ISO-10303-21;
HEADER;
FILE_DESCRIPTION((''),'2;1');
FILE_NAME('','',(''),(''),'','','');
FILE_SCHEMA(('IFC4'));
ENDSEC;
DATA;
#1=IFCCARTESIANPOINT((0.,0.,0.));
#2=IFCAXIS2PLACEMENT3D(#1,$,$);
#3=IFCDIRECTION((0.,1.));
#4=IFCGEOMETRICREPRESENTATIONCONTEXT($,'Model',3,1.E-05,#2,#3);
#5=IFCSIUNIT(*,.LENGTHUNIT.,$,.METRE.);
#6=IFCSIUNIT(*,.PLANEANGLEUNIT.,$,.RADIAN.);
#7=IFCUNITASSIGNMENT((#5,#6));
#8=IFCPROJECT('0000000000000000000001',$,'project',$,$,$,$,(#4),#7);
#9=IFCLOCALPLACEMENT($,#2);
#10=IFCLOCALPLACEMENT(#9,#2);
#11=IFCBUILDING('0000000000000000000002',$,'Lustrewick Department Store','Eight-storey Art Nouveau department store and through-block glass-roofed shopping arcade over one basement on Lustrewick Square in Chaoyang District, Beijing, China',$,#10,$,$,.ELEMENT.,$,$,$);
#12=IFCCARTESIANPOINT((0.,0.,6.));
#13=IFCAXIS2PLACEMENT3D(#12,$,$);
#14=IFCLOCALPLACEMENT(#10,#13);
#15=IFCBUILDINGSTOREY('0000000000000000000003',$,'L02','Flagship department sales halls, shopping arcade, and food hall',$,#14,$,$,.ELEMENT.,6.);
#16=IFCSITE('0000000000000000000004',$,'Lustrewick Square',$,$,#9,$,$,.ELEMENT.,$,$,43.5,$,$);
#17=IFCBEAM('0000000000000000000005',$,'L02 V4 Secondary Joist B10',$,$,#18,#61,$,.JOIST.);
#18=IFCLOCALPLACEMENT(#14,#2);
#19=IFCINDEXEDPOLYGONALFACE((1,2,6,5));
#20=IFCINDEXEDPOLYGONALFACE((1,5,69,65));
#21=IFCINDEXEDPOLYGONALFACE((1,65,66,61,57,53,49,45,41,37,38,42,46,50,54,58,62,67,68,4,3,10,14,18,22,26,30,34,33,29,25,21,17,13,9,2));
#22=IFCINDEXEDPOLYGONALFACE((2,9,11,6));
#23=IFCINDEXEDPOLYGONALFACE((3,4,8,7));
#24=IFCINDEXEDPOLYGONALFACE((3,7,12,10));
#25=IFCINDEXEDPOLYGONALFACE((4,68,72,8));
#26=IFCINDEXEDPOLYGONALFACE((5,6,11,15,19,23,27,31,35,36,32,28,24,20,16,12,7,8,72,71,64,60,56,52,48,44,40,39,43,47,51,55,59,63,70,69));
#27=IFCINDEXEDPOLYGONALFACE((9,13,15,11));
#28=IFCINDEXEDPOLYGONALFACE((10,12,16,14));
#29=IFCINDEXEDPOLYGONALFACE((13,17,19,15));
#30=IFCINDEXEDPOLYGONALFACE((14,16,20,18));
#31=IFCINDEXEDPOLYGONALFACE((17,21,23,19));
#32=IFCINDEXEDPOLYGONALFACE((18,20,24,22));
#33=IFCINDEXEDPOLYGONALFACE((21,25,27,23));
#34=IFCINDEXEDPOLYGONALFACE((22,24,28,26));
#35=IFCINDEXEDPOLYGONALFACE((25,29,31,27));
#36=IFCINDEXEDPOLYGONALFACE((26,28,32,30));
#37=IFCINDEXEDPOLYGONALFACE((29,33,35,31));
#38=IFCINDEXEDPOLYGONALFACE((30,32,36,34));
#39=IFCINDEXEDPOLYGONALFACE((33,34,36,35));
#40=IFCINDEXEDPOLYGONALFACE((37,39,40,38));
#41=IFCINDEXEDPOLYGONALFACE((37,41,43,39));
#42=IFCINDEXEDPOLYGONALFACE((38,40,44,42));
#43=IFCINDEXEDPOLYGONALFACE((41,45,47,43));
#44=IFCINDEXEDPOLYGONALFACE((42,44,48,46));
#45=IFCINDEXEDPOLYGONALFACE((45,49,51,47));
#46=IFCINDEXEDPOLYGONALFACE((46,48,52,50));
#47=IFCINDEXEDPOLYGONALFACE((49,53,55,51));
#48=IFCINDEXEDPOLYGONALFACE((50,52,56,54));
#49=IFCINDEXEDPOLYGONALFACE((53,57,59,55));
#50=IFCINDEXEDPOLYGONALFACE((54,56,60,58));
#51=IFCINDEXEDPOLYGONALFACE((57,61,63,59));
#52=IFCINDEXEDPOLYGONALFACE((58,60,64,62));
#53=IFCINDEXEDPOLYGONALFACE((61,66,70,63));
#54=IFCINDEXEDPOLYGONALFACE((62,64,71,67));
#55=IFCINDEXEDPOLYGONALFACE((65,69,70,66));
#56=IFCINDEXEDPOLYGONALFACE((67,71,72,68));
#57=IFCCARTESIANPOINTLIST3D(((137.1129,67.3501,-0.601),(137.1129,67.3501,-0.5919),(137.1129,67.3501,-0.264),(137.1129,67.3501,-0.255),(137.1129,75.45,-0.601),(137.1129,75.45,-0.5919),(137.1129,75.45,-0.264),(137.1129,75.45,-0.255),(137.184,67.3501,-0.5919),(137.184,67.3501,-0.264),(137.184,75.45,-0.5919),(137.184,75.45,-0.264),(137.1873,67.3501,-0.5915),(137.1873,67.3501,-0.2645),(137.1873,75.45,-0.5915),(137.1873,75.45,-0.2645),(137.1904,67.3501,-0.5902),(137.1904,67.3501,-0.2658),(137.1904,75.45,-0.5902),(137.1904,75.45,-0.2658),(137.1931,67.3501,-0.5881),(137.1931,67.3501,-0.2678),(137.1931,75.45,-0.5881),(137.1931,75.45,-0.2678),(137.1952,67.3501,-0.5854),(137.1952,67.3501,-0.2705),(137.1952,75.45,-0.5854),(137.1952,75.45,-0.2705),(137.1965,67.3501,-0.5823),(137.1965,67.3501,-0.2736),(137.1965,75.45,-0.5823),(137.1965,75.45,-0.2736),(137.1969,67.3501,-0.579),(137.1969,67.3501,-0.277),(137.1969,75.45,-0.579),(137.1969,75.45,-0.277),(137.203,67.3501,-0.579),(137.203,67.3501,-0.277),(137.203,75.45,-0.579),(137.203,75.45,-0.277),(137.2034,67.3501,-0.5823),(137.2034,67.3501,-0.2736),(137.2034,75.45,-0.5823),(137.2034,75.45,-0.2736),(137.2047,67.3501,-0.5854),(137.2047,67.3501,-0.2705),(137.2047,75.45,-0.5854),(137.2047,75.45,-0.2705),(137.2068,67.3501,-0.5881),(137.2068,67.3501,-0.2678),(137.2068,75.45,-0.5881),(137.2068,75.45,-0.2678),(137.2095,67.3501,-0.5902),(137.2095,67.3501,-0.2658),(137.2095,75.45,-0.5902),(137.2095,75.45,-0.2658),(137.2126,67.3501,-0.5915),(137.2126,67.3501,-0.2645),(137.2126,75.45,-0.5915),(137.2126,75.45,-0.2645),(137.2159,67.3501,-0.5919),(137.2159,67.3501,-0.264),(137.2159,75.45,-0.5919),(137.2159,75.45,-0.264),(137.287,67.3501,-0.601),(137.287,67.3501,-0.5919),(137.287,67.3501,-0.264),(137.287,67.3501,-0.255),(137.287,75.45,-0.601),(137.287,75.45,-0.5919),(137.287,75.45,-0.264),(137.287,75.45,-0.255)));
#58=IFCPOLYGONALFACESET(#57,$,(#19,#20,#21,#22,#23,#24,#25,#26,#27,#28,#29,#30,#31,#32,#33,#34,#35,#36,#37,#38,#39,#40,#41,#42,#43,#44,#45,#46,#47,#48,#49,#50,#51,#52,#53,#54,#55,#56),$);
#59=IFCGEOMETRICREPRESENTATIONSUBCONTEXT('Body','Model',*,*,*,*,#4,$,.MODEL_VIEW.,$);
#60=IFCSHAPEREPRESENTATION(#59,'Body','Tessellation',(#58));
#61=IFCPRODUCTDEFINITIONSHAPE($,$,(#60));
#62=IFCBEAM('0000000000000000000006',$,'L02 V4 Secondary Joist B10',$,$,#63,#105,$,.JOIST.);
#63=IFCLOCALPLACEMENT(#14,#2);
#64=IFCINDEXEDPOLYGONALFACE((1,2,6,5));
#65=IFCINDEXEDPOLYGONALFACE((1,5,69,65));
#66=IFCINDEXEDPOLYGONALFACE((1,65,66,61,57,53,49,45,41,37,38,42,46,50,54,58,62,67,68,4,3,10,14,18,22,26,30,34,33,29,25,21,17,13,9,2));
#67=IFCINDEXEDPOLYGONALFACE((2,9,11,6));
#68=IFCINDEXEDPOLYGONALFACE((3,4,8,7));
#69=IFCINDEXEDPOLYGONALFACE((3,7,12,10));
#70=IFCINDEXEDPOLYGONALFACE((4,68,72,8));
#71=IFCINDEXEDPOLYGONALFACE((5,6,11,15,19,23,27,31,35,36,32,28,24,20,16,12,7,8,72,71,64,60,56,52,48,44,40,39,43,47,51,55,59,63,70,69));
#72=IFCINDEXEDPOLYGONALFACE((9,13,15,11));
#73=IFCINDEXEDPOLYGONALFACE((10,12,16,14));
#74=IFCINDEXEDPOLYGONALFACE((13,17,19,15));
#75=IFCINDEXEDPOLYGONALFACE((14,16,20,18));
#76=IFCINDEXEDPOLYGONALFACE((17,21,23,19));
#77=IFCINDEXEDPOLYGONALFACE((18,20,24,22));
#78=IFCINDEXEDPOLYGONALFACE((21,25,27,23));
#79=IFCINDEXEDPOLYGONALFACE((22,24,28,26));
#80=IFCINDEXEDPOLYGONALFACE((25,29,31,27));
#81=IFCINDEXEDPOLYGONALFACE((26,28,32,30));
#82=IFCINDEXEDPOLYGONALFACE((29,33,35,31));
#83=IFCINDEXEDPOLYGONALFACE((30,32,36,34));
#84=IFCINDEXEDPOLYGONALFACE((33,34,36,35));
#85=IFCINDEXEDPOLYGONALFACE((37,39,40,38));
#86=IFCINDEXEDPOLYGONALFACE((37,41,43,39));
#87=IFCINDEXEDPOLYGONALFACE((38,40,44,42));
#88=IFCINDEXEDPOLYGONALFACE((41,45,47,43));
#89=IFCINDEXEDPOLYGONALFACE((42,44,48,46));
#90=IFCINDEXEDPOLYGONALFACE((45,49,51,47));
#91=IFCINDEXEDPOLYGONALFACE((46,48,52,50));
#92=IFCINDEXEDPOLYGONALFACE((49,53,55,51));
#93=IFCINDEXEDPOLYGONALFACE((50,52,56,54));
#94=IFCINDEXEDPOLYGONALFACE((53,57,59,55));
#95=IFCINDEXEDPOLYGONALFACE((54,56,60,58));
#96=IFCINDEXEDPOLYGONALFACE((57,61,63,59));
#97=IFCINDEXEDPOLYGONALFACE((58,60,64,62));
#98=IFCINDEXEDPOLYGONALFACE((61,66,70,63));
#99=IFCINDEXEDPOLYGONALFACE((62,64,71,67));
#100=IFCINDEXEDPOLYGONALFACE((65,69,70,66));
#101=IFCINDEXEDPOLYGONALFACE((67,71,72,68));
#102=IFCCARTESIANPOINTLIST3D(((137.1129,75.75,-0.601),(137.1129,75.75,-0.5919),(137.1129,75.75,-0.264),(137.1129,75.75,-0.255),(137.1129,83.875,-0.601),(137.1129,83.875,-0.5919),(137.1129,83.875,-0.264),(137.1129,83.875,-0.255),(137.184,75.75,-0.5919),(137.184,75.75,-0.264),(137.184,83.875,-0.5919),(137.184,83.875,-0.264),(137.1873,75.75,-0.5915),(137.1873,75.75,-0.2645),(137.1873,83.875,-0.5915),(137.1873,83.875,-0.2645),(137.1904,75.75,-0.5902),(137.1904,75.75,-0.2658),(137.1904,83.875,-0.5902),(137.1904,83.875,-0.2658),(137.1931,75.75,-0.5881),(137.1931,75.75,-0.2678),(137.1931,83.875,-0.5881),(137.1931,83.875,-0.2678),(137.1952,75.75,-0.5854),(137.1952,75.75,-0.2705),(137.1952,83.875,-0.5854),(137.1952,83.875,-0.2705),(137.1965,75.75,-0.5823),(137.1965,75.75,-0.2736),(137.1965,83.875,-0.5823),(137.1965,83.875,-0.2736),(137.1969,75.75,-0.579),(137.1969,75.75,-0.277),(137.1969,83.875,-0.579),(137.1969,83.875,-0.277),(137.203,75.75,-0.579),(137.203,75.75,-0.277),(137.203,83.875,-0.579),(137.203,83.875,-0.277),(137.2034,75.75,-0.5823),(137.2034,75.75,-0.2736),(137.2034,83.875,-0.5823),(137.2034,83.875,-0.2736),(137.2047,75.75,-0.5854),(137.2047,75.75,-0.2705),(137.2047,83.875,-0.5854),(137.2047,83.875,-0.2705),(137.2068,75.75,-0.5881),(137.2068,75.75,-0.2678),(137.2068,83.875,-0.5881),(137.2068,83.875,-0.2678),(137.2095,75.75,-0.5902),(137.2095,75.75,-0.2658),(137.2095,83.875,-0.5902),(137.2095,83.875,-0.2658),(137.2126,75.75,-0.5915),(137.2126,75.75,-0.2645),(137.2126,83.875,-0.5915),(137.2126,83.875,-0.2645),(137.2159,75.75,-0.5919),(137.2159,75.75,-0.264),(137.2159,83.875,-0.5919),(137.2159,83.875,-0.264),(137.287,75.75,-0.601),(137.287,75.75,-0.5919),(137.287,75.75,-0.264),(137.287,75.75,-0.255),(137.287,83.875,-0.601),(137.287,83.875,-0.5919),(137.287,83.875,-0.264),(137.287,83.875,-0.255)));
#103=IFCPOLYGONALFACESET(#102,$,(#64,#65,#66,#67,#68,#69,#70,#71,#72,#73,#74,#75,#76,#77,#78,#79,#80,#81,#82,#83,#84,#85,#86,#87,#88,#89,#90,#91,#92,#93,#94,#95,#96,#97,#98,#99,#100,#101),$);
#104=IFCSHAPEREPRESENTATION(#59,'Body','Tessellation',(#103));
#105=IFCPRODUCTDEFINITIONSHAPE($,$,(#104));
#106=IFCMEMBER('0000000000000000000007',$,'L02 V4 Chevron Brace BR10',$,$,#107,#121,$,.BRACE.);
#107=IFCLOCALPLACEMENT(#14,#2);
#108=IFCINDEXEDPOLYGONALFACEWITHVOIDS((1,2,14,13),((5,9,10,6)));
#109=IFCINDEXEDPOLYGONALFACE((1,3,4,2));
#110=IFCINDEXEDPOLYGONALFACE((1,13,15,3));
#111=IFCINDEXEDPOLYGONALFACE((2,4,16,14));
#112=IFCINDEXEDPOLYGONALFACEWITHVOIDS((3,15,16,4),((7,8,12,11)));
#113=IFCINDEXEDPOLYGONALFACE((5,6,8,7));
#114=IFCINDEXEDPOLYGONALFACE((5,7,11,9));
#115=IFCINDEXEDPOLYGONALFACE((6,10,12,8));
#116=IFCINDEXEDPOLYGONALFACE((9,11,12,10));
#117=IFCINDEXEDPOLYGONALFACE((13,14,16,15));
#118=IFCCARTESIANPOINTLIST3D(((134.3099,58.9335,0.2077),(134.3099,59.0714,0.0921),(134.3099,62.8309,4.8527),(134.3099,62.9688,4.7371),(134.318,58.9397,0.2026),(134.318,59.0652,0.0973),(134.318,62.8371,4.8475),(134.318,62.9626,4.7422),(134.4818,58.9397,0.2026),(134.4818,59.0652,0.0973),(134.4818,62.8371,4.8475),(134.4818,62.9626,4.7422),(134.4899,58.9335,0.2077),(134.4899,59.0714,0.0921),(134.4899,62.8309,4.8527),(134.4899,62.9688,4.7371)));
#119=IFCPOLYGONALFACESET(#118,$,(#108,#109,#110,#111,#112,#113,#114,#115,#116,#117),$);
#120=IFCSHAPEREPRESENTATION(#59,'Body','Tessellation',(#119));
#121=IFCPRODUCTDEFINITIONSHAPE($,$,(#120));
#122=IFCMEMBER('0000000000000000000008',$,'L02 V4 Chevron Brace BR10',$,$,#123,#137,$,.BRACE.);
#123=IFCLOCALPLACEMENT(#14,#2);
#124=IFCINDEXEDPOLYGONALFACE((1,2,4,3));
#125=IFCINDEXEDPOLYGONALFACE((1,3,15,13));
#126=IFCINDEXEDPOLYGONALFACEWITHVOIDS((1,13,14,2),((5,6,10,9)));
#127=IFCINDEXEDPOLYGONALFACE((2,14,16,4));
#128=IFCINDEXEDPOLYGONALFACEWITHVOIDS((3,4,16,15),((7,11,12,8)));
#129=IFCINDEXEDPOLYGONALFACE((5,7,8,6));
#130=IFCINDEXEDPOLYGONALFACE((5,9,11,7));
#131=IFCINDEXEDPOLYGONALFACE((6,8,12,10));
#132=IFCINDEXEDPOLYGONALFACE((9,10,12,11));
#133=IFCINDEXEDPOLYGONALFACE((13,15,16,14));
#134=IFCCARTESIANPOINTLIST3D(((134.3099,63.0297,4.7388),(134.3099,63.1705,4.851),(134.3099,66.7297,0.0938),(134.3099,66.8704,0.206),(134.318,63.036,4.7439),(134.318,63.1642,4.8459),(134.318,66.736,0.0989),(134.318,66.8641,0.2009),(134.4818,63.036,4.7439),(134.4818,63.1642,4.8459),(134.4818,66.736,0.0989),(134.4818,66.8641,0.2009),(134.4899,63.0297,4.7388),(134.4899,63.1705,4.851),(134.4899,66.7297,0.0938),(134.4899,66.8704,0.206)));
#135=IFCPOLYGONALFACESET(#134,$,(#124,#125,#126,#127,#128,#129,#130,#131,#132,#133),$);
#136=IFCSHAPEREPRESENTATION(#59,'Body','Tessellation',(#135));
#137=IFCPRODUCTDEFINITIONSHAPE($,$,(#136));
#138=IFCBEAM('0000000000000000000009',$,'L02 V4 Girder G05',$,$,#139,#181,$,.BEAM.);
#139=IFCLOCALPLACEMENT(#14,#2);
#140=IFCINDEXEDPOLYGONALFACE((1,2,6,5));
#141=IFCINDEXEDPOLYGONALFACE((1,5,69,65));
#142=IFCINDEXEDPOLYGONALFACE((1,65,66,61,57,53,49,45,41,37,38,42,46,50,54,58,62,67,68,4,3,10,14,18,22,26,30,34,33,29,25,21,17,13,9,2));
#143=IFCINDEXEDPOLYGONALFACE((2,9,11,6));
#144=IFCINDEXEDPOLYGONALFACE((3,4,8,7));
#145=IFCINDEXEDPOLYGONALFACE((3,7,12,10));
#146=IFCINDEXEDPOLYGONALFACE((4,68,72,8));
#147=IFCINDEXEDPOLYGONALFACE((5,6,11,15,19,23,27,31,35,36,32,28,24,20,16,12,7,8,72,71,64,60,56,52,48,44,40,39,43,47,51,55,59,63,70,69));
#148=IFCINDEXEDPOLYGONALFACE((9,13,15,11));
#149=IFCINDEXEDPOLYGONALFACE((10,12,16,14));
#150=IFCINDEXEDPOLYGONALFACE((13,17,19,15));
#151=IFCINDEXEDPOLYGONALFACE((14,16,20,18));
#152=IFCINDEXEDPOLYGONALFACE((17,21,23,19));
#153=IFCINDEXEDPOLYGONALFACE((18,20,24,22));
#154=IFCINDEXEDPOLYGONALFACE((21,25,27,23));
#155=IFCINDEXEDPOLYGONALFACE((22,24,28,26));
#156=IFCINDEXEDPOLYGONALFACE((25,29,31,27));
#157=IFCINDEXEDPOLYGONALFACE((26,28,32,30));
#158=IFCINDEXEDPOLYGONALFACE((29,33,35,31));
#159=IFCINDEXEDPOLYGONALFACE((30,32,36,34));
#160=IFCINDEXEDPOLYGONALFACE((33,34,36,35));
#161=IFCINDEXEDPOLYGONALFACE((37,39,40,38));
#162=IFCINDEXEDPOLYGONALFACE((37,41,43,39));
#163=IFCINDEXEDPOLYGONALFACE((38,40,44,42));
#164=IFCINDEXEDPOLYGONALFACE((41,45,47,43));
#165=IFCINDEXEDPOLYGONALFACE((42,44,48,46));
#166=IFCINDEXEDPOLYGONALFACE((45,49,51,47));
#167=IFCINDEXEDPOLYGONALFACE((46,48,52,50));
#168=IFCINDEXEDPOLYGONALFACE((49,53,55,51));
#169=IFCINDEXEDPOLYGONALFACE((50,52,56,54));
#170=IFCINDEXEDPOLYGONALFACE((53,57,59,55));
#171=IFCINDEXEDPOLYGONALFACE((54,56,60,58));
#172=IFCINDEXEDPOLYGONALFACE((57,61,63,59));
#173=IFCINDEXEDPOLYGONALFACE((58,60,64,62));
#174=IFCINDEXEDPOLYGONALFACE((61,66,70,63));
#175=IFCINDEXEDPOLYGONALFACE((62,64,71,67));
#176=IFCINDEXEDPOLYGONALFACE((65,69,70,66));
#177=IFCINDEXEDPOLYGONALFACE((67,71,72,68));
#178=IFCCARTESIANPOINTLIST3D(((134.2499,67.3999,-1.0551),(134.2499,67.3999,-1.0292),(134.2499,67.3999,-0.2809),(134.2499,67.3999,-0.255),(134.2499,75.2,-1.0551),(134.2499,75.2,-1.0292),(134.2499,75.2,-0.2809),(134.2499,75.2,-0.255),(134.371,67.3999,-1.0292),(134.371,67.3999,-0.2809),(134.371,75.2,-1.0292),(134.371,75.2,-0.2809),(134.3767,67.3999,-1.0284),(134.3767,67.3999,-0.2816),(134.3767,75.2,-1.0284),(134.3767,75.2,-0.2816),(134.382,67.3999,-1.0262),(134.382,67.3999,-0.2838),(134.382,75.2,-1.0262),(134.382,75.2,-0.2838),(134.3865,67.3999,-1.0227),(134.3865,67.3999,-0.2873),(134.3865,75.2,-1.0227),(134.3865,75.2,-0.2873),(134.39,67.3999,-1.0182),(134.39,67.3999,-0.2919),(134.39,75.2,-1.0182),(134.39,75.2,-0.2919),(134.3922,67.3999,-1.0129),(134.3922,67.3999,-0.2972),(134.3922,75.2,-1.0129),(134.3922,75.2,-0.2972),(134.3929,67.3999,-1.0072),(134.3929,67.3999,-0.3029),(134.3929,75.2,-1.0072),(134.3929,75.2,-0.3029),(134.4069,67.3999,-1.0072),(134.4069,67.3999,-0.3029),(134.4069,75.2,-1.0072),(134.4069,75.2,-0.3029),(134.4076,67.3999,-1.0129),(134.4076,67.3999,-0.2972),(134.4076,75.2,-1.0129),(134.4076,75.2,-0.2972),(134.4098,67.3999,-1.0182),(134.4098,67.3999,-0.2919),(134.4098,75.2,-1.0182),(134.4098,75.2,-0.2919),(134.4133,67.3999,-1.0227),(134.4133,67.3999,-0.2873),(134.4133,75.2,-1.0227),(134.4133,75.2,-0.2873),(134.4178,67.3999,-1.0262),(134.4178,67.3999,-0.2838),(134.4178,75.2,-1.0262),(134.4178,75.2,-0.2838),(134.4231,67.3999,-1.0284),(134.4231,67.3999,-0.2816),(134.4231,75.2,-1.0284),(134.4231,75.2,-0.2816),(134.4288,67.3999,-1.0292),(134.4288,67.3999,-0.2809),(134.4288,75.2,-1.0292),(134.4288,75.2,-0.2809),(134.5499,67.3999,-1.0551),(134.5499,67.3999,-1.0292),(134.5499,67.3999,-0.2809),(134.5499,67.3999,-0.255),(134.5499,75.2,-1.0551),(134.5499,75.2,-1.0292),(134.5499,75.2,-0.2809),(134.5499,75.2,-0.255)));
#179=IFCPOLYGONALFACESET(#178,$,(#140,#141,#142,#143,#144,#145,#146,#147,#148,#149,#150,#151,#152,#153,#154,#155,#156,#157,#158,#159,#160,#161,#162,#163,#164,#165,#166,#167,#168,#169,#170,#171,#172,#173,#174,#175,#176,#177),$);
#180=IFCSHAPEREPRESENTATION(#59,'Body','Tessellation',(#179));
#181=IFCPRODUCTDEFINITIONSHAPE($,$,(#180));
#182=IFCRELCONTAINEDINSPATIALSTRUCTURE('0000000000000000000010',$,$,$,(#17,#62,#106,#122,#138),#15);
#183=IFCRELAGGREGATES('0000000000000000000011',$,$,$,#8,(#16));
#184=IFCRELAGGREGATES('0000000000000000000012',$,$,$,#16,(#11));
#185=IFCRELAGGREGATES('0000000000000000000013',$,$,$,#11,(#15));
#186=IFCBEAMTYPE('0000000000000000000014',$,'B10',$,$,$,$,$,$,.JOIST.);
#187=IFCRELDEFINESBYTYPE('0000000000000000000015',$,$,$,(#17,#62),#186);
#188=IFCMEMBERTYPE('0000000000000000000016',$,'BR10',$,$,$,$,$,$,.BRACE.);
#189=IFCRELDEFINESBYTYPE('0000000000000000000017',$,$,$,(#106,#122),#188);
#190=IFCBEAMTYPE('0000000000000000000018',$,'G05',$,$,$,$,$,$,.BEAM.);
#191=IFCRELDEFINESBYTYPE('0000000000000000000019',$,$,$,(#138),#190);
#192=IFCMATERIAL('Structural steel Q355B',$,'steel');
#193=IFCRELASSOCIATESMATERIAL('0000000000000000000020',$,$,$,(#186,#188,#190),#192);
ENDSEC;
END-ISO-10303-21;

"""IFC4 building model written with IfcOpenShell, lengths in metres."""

from ifc_helpers import new_model, si_unit, direction, frame, origin, origin_2d, place, context, subcontext, project, spatial, hollow_rectangle, i_section, extrude, material, material_profile, profile_set, type_object, element, save


model = new_model("IFC4")

# Units and contexts
model_context = context("Model", 3, precision=1e-05, world=origin(), true_north=direction((0.0, 1.0)))
body_context = subcontext(model_context, "Body", "Model", "MODEL_VIEW")
ifc_project = project(units=[si_unit("LENGTHUNIT", "METRE"), si_unit("PLANEANGLEUNIT", "RADIAN")], contexts=[model_context])

# Site, building, storey
site_placement = place(None, origin())
site = spatial("IfcSite", under=ifc_project, at=site_placement, Name="Lustrewick Square", CompositionType="ELEMENT", RefElevation=43.5)
building_placement = place(site_placement, origin())
building = spatial("IfcBuilding", under=site, at=building_placement, Name="Lustrewick Department Store", Description="Eight-storey Art Nouveau department store and through-block glass-roofed shopping arcade over one basement on Lustrewick Square in Chaoyang District, Beijing, China", CompositionType="ELEMENT")
storey_placement = place(building_placement, frame((0.0, 0.0, 6.0)))
storey = spatial("IfcBuildingStorey", under=building, at=storey_placement, Name="L02", Description="Flagship department sales halls, shopping arcade, and food hall", CompositionType="ELEMENT", Elevation=6.0)

# Beams
ifc_material_1 = material(Name="Structural steel Q355B", Category="steel")
ifc_material_profile_1 = material_profile(ifc_material_1, i_section(OverallWidth=0.1741, OverallDepth=0.3459, WebThickness=0.0061, FlangeThickness=0.009, FilletRadius=0.0129, at=origin_2d()), Name="HN 346x174x6x9")
ifc_profile_set_1 = profile_set([ifc_material_profile_1], Name="Structural steel Q355B")
beam_type_1 = type_object("IfcBeamType", Name="B10", PredefinedType="JOIST", material=ifc_profile_set_1)
beam_1_placement = place(storey_placement, frame((137.2, 67.3501, -0.428), z_axis=(0.0, 1.0, 0.0), x_axis=(-1.0, 0.0, 0.0)))
element("IfcBeam", 1, at=beam_1_placement, inside=storey, type_object=beam_type_1, Name="L02 V4 Secondary Joist B10", PredefinedType="JOIST", context=body_context, shape_type="SweptSolid", body=[
    extrude(i_section(OverallWidth=0.1741, OverallDepth=0.3459, WebThickness=0.0061, FlangeThickness=0.009, FilletRadius=0.0129, at=origin_2d()), origin(), (0.0, 0.0, 1.0), 8.0999),
])
beam_2_placement = place(storey_placement, frame((137.2, 75.75, -0.428), z_axis=(0.0, 1.0, 0.0), x_axis=(-1.0, 0.0, 0.0)))
element("IfcBeam", 2, at=beam_2_placement, inside=storey, type_object=beam_type_1, Name="L02 V4 Secondary Joist B10", PredefinedType="JOIST", context=body_context, shape_type="SweptSolid", body=[
    extrude(i_section(OverallWidth=0.1741, OverallDepth=0.3459, WebThickness=0.0061, FlangeThickness=0.009, FilletRadius=0.0129, at=origin_2d()), origin(), (0.0, 0.0, 1.0), 8.125),
])

# Members
ifc_material_profile_2 = material_profile(ifc_material_1, hollow_rectangle(XDim=0.1799, YDim=0.1799, WallThickness=0.0081, at=origin_2d()), Name="SHS 180x180x8")
ifc_profile_set_2 = profile_set([ifc_material_profile_2], Name="Structural steel Q355B")
member_type = type_object("IfcMemberType", Name="BR10", PredefinedType="BRACE", material=ifc_profile_set_2)
member_1_placement = place(storey_placement, frame((134.3999, 59.0024, 0.1499), z_axis=(0.0, 0.642771, 0.766059), x_axis=(-1.0, 0.0, 0.0)))
element("IfcMember", 3, at=member_1_placement, inside=storey, type_object=member_type, Name="L02 V4 Chevron Brace BR10", PredefinedType="BRACE", context=body_context, shape_type="SweptSolid", body=[
    extrude(hollow_rectangle(XDim=0.1799, YDim=0.1799, WallThickness=0.0081, at=origin_2d()), origin(), (0.0, 0.0, 1.0), 6.0635),
])
member_2_placement = place(storey_placement, frame((134.3999, 66.8, 0.1499), z_axis=(0.0, -0.623044, 0.782187), x_axis=(1.0, 0.0, 0.0)))
element("IfcMember", 4, at=member_2_placement, inside=storey, type_object=member_type, Name="L02 V4 Chevron Brace BR10", PredefinedType="BRACE", context=body_context, shape_type="SweptSolid", body=[
    extrude(hollow_rectangle(XDim=0.1799, YDim=0.1799, WallThickness=0.0081, at=origin_2d()), origin(), (0.0, 0.0, 1.0), 5.9385),
])

# Beam
ifc_material_profile_3 = material_profile(ifc_material_1, i_section(OverallWidth=0.3, OverallDepth=0.8, WebThickness=0.0139, FlangeThickness=0.0259, FilletRadius=0.022, at=origin_2d()), Name="HN 800x300x14x26")
ifc_profile_set_3 = profile_set([ifc_material_profile_3], Name="Structural steel Q355B")
beam_type_2 = type_object("IfcBeamType", Name="G05", PredefinedType="BEAM", material=ifc_profile_set_3)
beam_3_placement = place(storey_placement, frame((134.3999, 67.3999, -0.655), z_axis=(0.0, 1.0, 0.0), x_axis=(-1.0, 0.0, 0.0)))
element("IfcBeam", 5, at=beam_3_placement, inside=storey, type_object=beam_type_2, Name="L02 V4 Girder G05", PredefinedType="BEAM", context=body_context, shape_type="SweptSolid", body=[
    extrude(i_section(OverallWidth=0.3, OverallDepth=0.8, WebThickness=0.0139, FlangeThickness=0.0259, FilletRadius=0.022, at=origin_2d()), origin(), (0.0, 0.0, 1.0), 7.8),
])

save(model, "model.ifc")
